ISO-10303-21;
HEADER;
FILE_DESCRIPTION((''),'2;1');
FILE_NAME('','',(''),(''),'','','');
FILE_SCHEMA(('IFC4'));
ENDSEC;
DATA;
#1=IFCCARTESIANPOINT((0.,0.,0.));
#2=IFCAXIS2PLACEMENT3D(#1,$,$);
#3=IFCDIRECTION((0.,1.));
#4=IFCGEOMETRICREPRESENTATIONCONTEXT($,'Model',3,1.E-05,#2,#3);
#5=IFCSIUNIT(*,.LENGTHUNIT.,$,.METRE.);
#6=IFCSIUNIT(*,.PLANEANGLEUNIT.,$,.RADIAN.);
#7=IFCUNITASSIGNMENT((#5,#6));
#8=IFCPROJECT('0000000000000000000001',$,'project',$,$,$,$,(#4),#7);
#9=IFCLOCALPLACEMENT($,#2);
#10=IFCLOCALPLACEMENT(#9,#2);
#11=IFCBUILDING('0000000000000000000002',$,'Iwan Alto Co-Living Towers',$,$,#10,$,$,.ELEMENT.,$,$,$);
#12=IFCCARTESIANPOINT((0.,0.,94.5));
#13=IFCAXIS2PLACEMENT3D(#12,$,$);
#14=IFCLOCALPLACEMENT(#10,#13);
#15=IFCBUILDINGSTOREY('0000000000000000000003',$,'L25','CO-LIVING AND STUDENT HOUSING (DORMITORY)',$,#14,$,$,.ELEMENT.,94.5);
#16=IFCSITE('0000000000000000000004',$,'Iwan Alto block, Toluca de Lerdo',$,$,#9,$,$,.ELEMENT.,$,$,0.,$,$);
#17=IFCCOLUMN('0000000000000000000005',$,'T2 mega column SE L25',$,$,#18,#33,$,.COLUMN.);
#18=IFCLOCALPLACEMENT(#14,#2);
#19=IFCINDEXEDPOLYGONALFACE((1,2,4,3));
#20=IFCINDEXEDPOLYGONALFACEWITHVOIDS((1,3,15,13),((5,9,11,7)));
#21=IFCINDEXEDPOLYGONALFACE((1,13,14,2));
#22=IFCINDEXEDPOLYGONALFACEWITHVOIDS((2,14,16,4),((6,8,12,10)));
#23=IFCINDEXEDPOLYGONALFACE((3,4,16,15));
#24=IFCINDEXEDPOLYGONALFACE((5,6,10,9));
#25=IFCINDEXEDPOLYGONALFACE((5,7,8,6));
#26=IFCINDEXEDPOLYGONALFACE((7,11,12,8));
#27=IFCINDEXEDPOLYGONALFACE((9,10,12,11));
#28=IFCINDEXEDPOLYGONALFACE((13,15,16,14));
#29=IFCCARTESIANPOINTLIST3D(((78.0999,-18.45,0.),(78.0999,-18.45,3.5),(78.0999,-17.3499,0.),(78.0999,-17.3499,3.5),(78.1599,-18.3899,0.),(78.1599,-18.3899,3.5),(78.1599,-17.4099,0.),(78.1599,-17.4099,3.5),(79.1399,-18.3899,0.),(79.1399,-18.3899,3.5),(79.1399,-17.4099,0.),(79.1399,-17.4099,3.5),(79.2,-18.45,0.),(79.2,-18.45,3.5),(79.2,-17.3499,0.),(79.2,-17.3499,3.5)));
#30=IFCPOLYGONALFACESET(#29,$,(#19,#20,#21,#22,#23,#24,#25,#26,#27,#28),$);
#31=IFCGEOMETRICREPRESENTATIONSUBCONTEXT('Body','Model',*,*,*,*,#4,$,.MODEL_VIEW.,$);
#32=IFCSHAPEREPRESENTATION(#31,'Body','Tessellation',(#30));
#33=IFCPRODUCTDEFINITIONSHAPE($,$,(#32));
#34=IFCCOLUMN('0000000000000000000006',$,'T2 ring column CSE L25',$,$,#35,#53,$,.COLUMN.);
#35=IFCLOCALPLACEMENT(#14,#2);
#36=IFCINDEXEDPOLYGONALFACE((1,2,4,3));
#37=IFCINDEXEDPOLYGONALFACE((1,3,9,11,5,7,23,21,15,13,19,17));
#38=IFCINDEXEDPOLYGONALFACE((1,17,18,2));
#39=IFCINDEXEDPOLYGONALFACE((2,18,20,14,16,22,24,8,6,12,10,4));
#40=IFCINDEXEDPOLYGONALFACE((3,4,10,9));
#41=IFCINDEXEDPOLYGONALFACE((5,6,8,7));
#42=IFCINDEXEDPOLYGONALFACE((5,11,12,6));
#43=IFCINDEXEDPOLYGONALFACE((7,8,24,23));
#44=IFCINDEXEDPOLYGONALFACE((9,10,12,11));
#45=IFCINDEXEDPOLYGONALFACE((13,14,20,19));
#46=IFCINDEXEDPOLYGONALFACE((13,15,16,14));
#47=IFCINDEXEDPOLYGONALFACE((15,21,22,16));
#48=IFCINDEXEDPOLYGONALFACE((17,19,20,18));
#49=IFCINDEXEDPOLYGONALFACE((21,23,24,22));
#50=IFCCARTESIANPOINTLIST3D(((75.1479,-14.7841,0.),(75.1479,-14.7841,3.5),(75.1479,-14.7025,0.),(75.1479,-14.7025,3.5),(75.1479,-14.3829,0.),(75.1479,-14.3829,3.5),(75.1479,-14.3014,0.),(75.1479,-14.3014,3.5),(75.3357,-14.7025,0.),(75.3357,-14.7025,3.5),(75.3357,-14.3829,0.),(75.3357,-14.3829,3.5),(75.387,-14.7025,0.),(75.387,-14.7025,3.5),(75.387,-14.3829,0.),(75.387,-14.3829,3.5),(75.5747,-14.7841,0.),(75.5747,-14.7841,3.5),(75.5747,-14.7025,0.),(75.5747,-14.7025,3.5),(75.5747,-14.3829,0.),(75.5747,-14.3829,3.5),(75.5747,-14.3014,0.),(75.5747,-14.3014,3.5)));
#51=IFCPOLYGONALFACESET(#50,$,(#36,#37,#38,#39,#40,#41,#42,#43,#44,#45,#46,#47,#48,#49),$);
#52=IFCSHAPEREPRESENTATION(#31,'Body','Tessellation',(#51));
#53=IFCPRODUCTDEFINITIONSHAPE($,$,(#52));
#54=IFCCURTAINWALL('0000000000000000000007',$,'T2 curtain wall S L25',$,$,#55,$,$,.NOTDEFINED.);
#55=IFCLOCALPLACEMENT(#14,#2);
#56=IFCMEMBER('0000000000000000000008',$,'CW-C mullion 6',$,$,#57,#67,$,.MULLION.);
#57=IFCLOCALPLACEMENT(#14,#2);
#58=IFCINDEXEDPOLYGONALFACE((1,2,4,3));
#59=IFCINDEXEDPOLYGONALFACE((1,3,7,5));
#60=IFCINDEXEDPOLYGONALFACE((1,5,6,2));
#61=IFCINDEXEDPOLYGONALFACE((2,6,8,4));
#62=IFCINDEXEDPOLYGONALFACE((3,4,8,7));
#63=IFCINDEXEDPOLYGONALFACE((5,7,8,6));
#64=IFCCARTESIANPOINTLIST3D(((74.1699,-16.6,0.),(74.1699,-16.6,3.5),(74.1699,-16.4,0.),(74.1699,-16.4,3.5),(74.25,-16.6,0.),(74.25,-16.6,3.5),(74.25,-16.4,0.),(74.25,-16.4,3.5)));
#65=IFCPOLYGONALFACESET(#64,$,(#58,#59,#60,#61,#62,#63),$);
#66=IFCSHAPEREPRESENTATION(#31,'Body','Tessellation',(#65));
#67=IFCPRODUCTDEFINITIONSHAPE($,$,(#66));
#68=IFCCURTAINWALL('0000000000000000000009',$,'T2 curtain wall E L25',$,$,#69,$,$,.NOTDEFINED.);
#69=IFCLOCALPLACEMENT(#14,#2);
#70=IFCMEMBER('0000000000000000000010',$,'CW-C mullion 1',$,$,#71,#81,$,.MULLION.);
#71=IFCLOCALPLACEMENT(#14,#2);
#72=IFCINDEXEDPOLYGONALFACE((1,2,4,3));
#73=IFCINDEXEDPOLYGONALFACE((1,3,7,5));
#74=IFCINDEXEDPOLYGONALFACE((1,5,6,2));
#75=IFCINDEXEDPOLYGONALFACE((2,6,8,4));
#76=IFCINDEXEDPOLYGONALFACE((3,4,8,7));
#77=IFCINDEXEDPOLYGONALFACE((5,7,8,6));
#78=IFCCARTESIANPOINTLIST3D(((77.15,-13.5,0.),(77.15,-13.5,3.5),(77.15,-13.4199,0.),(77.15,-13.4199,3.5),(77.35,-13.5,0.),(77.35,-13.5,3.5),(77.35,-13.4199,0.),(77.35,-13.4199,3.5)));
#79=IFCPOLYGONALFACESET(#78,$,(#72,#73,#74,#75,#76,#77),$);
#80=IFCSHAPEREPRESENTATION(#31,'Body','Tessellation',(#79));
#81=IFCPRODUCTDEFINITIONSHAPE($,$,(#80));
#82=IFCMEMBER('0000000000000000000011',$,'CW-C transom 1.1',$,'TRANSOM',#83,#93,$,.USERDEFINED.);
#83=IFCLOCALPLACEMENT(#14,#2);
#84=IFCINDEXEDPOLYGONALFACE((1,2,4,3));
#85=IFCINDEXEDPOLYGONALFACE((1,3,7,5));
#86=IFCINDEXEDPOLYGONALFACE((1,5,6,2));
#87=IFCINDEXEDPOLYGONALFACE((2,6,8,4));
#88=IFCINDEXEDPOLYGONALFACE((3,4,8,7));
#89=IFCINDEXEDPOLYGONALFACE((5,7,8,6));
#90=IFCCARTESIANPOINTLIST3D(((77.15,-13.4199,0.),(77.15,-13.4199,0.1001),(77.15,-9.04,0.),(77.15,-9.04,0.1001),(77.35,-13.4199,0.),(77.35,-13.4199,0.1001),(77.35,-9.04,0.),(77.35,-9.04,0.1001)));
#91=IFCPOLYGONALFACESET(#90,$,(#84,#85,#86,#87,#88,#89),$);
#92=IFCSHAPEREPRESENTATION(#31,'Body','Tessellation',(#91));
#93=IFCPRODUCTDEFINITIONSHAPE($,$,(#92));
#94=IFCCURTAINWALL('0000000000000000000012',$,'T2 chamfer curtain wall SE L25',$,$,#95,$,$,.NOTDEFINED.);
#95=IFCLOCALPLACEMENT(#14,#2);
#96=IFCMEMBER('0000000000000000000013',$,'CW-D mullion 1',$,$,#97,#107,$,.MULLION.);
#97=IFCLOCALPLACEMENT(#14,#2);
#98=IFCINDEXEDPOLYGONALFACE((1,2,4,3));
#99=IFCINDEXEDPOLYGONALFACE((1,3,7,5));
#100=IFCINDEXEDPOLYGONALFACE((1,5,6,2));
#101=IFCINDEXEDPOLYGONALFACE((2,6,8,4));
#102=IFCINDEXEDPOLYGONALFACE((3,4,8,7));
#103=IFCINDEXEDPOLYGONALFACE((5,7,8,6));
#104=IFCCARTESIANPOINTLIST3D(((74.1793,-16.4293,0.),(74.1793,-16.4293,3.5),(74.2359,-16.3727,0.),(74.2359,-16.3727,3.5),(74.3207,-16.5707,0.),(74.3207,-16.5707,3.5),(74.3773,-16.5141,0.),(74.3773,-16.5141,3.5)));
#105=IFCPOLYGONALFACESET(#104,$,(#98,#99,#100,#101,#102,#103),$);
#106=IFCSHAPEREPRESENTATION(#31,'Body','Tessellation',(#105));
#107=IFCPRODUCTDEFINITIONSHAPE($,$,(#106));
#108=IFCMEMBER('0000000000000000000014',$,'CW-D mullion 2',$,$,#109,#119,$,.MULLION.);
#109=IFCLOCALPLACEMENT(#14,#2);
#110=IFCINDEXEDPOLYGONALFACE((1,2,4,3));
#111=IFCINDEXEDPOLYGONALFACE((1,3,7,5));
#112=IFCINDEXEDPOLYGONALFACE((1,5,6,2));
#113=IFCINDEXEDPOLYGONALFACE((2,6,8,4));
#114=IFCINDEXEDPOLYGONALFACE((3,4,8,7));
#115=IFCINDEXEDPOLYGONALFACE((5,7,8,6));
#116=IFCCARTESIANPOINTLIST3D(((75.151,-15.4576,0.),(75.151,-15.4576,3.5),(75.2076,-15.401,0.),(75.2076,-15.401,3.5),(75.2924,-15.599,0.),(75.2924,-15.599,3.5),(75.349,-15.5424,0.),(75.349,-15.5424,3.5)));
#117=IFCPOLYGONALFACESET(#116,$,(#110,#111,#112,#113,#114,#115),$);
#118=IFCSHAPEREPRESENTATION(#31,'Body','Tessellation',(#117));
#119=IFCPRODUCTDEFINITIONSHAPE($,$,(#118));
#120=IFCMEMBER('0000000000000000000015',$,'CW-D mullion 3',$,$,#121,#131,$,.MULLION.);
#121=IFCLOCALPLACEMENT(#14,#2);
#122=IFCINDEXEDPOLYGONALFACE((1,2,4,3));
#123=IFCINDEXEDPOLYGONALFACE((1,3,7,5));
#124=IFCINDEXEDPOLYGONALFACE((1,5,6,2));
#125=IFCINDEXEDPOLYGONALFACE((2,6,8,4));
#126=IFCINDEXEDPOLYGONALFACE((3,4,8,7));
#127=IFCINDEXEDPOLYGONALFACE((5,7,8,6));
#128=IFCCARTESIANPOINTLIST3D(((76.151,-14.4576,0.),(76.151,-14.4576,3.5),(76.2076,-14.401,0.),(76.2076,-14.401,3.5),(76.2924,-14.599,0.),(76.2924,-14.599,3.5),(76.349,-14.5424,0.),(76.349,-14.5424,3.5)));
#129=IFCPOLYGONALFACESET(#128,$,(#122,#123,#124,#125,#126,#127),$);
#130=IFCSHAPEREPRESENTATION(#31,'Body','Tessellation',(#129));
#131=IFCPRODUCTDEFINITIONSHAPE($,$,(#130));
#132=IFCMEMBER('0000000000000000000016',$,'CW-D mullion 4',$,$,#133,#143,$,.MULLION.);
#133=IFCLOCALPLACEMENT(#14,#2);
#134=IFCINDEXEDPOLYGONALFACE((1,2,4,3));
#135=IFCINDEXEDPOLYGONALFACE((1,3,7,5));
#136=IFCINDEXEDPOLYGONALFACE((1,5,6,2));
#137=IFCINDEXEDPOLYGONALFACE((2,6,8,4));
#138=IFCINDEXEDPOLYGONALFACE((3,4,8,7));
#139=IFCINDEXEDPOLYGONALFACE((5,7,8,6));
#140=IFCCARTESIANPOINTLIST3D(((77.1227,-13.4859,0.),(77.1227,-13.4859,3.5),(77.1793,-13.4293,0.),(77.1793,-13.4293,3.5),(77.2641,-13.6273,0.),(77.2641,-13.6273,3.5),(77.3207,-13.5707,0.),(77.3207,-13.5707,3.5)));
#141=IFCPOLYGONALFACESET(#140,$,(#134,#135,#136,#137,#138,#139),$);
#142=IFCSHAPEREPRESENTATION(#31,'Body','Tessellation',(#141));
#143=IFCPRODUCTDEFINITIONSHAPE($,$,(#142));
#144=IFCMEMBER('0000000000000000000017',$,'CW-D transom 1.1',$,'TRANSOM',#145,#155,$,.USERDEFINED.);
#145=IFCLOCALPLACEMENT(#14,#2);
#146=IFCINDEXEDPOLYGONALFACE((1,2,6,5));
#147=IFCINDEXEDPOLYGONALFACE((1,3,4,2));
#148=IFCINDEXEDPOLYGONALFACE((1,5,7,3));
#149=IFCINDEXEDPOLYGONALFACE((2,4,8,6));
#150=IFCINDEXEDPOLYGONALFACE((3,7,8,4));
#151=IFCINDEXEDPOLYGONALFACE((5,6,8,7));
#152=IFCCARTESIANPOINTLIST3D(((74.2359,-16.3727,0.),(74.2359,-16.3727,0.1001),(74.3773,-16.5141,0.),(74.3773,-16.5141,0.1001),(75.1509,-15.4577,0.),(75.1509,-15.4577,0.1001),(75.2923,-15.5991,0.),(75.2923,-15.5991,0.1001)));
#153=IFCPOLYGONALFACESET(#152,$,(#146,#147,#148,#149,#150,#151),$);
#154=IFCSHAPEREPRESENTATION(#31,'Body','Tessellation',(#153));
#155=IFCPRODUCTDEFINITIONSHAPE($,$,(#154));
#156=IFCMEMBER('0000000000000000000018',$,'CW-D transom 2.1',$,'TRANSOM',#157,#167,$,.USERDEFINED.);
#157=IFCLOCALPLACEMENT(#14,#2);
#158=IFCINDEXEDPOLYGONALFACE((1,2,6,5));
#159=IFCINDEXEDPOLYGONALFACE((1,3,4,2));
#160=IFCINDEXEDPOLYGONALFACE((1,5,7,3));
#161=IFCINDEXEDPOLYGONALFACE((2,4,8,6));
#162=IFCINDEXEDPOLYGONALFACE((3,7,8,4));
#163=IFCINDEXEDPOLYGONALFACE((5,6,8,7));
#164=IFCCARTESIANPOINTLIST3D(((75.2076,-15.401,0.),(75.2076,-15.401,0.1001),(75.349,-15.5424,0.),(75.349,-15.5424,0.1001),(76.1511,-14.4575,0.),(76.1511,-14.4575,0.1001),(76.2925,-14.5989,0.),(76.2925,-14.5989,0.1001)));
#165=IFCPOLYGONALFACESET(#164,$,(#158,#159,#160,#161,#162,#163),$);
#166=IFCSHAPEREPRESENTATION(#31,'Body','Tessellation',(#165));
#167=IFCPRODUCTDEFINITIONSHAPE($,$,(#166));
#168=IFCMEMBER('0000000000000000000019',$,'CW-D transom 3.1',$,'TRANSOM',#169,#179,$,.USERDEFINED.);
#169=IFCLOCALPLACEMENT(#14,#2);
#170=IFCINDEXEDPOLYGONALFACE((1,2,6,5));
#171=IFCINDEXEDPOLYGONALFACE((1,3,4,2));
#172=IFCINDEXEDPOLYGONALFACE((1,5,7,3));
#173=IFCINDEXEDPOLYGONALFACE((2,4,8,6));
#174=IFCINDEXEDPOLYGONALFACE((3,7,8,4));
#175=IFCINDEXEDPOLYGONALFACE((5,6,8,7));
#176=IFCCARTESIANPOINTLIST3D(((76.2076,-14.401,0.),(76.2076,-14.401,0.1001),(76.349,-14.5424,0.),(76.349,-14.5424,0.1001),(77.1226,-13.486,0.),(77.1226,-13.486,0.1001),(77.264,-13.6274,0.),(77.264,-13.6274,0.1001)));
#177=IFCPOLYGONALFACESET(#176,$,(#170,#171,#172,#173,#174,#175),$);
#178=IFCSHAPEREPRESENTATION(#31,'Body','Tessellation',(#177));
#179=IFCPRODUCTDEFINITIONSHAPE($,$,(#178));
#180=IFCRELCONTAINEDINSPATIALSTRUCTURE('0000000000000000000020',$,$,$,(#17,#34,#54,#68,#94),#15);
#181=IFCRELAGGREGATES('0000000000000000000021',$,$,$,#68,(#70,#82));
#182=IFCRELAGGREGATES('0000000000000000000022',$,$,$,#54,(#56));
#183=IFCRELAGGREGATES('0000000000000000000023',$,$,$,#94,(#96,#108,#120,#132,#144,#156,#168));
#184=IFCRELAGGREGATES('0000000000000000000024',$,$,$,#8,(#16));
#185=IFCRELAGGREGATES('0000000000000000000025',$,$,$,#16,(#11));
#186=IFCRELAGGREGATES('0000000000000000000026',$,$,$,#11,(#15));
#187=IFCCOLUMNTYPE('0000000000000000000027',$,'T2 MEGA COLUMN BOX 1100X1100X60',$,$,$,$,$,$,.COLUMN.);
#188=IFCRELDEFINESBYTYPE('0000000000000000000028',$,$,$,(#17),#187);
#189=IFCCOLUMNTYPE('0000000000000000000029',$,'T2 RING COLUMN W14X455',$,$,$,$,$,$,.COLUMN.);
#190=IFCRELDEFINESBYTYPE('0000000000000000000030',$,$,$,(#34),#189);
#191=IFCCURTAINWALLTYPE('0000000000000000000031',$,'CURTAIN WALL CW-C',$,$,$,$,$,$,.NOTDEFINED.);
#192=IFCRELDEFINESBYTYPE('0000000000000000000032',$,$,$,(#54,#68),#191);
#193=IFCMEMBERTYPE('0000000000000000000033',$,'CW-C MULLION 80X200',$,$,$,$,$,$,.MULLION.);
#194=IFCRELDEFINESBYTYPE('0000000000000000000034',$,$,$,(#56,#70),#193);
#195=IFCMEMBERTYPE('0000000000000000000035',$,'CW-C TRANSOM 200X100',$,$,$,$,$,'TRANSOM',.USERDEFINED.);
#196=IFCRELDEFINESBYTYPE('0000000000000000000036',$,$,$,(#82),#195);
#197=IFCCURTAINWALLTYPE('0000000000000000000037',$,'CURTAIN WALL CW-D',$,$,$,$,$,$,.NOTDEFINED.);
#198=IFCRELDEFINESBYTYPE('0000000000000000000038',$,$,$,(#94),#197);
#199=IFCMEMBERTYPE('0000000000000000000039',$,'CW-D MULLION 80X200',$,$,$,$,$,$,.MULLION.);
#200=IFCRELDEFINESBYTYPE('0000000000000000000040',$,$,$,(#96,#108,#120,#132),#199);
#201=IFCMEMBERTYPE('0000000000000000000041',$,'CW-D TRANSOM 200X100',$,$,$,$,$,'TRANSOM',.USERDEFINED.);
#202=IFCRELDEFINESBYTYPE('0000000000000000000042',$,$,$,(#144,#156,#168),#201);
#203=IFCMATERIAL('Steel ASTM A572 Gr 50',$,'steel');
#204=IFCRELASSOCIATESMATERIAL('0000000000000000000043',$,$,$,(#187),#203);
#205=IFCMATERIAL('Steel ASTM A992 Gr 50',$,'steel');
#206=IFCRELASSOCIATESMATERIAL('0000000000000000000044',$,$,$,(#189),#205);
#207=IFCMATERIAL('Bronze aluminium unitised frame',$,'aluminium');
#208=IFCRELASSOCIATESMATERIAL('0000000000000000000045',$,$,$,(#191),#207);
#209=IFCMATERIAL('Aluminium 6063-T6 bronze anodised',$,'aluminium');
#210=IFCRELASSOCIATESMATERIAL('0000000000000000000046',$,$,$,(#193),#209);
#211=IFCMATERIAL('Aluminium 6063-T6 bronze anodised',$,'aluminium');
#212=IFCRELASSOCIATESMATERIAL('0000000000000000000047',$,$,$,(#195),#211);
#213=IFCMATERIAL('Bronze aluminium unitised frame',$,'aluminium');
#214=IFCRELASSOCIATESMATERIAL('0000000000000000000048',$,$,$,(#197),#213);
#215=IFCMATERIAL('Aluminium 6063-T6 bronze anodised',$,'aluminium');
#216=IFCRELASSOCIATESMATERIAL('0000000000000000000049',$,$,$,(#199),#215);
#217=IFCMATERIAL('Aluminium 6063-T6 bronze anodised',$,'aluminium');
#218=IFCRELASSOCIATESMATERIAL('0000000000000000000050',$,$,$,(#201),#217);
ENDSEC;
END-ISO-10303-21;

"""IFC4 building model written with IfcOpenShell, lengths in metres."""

from ifc_helpers import new_model, si_unit, direction, frame, origin, origin_2d, place, context, subcontext, project, spatial, rectangle, hollow_rectangle, i_section, extrude, material, material_profile, profile_set, type_object, element, aggregate, save


model = new_model("IFC4")

# Units and contexts
model_context = context("Model", 3, precision=1e-05, world=origin(), true_north=direction((0.0, 1.0)))
body_context = subcontext(model_context, "Body", "Model", "MODEL_VIEW")
ifc_project = project(units=[si_unit("LENGTHUNIT", "METRE"), si_unit("PLANEANGLEUNIT", "RADIAN")], contexts=[model_context])

# Site, building, storey
site_placement = place(None, origin())
site = spatial("IfcSite", under=ifc_project, at=site_placement, Name="Iwan Alto block, Toluca de Lerdo", CompositionType="ELEMENT", RefElevation=0.0)
building_placement = place(site_placement, origin())
building = spatial("IfcBuilding", under=site, at=building_placement, Name="Iwan Alto Co-Living Towers", CompositionType="ELEMENT")
storey_placement = place(building_placement, frame((0.0, 0.0, 94.5)))
storey = spatial("IfcBuildingStorey", under=building, at=storey_placement, Name="L25", Description="CO-LIVING AND STUDENT HOUSING (DORMITORY)", CompositionType="ELEMENT", Elevation=94.5)

# Columns
ifc_material_1 = material(Name="Steel ASTM A572 Gr 50", Category="steel")
ifc_material_profile_1 = material_profile(ifc_material_1, hollow_rectangle(XDim=1.1001, YDim=1.1001, WallThickness=0.0601, at=origin_2d()), Name="BOX 1100X1100X60")
ifc_profile_set_1 = profile_set([ifc_material_profile_1], Name="Steel ASTM A572 Gr 50")
column_type_1 = type_object("IfcColumnType", Name="T2 MEGA COLUMN BOX 1100X1100X60", PredefinedType="COLUMN", material=ifc_profile_set_1)
column_1_placement = place(storey_placement, frame((78.6499, -17.8999, 0.0), z_axis=(0.0, 0.0, 1.0), x_axis=(1.0, 0.0, 0.0)))
element("IfcColumn", 1, at=column_1_placement, inside=storey, type_object=column_type_1, Name="T2 mega column SE L25", PredefinedType="COLUMN", context=body_context, shape_type="SweptSolid", body=[
    extrude(hollow_rectangle(XDim=1.1001, YDim=1.1001, WallThickness=0.0601, at=origin_2d()), origin(), (0.0, 0.0, 1.0), 3.5),
])
ifc_material_2 = material(Name="Steel ASTM A992 Gr 50", Category="steel")
ifc_material_profile_2 = material_profile(ifc_material_2, i_section(OverallWidth=0.4268, OverallDepth=0.4827, WebThickness=0.0513, FlangeThickness=0.0815, at=origin_2d()), Name="W14X455")
ifc_profile_set_2 = profile_set([ifc_material_profile_2], Name="Steel ASTM A992 Gr 50")
column_type_2 = type_object("IfcColumnType", Name="T2 RING COLUMN W14X455", PredefinedType="COLUMN", material=ifc_profile_set_2)
column_2_placement = place(storey_placement, frame((75.3613, -14.5427, 0.0), z_axis=(0.0, 0.0, 1.0), x_axis=(1.0, 0.0, 0.0)))
element("IfcColumn", 2, at=column_2_placement, inside=storey, type_object=column_type_2, Name="T2 ring column CSE L25", PredefinedType="COLUMN", context=body_context, shape_type="SweptSolid", body=[
    extrude(i_section(OverallWidth=0.4268, OverallDepth=0.4827, WebThickness=0.0513, FlangeThickness=0.0815, at=origin_2d()), origin(), (0.0, 0.0, 1.0), 3.5),
])

# Curtain wall, member
ifc_material_3 = material(Name="Bronze aluminium unitised frame", Category="aluminium")
curtain_wall_type_1 = type_object("IfcCurtainWallType", Name="CURTAIN WALL CW-C", PredefinedType="NOTDEFINED", material=ifc_material_3)
curtain_wall_1_placement = place(storey_placement, origin())
curtain_wall_1 = element("IfcCurtainWall", 3, at=curtain_wall_1_placement, inside=storey, type_object=curtain_wall_type_1, Name="T2 curtain wall S L25", PredefinedType="NOTDEFINED")
ifc_material_4 = material(Name="Aluminium 6063-T6 bronze anodised", Category="aluminium")
ifc_material_profile_3 = material_profile(ifc_material_4, rectangle(XDim=0.2, YDim=0.0801, at=origin_2d()), Name="AL 80X200")
ifc_profile_set_3 = profile_set([ifc_material_profile_3], Name="Aluminium 6063-T6 bronze anodised")
member_type_1 = type_object("IfcMemberType", Name="CW-C MULLION 80X200", PredefinedType="MULLION", material=ifc_profile_set_3)
member_1_placement = place(storey_placement, frame((74.21, -16.5, 0.0), z_axis=(0.0, 0.0, 1.0), x_axis=(0.0, 1.0, 0.0)))
member_1 = element("IfcMember", 4, at=member_1_placement, type_object=member_type_1, Name="CW-C mullion 6", PredefinedType="MULLION", context=body_context, shape_type="SweptSolid", body=[
    extrude(rectangle(XDim=0.2, YDim=0.0801, at=origin_2d()), origin(), (0.0, 0.0, 1.0), 3.5),
])

# Curtain walls, members
curtain_wall_2_placement = place(storey_placement, origin())
curtain_wall_2 = element("IfcCurtainWall", 5, at=curtain_wall_2_placement, inside=storey, type_object=curtain_wall_type_1, Name="T2 curtain wall E L25", PredefinedType="NOTDEFINED")
member_2_placement = place(storey_placement, frame((77.25, -13.46, 0.0), z_axis=(0.0, 0.0, 1.0), x_axis=(-1.0, 0.0, 0.0)))
member_2 = element("IfcMember", 6, at=member_2_placement, type_object=member_type_1, Name="CW-C mullion 1", PredefinedType="MULLION", context=body_context, shape_type="SweptSolid", body=[
    extrude(rectangle(XDim=0.2, YDim=0.0801, at=origin_2d()), origin(), (0.0, 0.0, 1.0), 3.5),
])
ifc_material_5 = material(Name="Aluminium 6063-T6 bronze anodised", Category="aluminium")
ifc_material_profile_4 = material_profile(ifc_material_5, rectangle(XDim=0.2, YDim=0.1001, at=origin_2d()), Name="AL 200X100")
ifc_profile_set_4 = profile_set([ifc_material_profile_4], Name="Aluminium 6063-T6 bronze anodised")
member_type_2 = type_object("IfcMemberType", Name="CW-C TRANSOM 200X100", ElementType="TRANSOM", PredefinedType="USERDEFINED", material=ifc_profile_set_4)
member_3_placement = place(storey_placement, frame((77.25, -13.4199, 0.05), z_axis=(0.0, 1.0, 0.0), x_axis=(-1.0, 0.0, 0.0)))
member_3 = element("IfcMember", 7, at=member_3_placement, type_object=member_type_2, Name="CW-C transom 1.1", ObjectType="TRANSOM", PredefinedType="USERDEFINED", context=body_context, shape_type="SweptSolid", body=[
    extrude(rectangle(XDim=0.2, YDim=0.1001, at=origin_2d()), origin(), (0.0, 0.0, 1.0), 4.3799),
])
aggregate(curtain_wall_2, [member_2, member_3])
ifc_material_6 = material(Name="Bronze aluminium unitised frame", Category="aluminium")
curtain_wall_type_2 = type_object("IfcCurtainWallType", Name="CURTAIN WALL CW-D", PredefinedType="NOTDEFINED", material=ifc_material_6)
curtain_wall_3_placement = place(storey_placement, origin())
curtain_wall_3 = element("IfcCurtainWall", 8, at=curtain_wall_3_placement, inside=storey, type_object=curtain_wall_type_2, Name="T2 chamfer curtain wall SE L25", PredefinedType="NOTDEFINED")
ifc_material_7 = material(Name="Aluminium 6063-T6 bronze anodised", Category="aluminium")
ifc_material_profile_5 = material_profile(ifc_material_7, rectangle(XDim=0.2, YDim=0.0801, at=origin_2d()), Name="AL 80X200")
ifc_profile_set_5 = profile_set([ifc_material_profile_5], Name="Aluminium 6063-T6 bronze anodised")
member_type_3 = type_object("IfcMemberType", Name="CW-D MULLION 80X200", PredefinedType="MULLION", material=ifc_profile_set_5)
member_4_placement = place(storey_placement, frame((74.2783, -16.4717, 0.0), z_axis=(0.0, 0.0, 1.0), x_axis=(-0.707107, 0.707107, 0.0)))
member_4 = element("IfcMember", 9, at=member_4_placement, type_object=member_type_3, Name="CW-D mullion 1", PredefinedType="MULLION", context=body_context, shape_type="SweptSolid", body=[
    extrude(rectangle(XDim=0.2, YDim=0.0801, at=origin_2d()), origin(), (0.0, 0.0, 1.0), 3.5),
])
member_5_placement = place(storey_placement, frame((75.25, -15.5, 0.0), z_axis=(0.0, 0.0, 1.0), x_axis=(-0.707107, 0.707107, 0.0)))
member_5 = element("IfcMember", 10, at=member_5_placement, type_object=member_type_3, Name="CW-D mullion 2", PredefinedType="MULLION", context=body_context, shape_type="SweptSolid", body=[
    extrude(rectangle(XDim=0.2, YDim=0.0801, at=origin_2d()), origin(), (0.0, 0.0, 1.0), 3.5),
])
member_6_placement = place(storey_placement, frame((76.25, -14.5, 0.0), z_axis=(0.0, 0.0, 1.0), x_axis=(-0.707107, 0.707107, 0.0)))
member_6 = element("IfcMember", 11, at=member_6_placement, type_object=member_type_3, Name="CW-D mullion 3", PredefinedType="MULLION", context=body_context, shape_type="SweptSolid", body=[
    extrude(rectangle(XDim=0.2, YDim=0.0801, at=origin_2d()), origin(), (0.0, 0.0, 1.0), 3.5),
])
member_7_placement = place(storey_placement, frame((77.2217, -13.5283, 0.0), z_axis=(0.0, 0.0, 1.0), x_axis=(-0.707107, 0.707107, 0.0)))
member_7 = element("IfcMember", 12, at=member_7_placement, type_object=member_type_3, Name="CW-D mullion 4", PredefinedType="MULLION", context=body_context, shape_type="SweptSolid", body=[
    extrude(rectangle(XDim=0.2, YDim=0.0801, at=origin_2d()), origin(), (0.0, 0.0, 1.0), 3.5),
])
ifc_material_8 = material(Name="Aluminium 6063-T6 bronze anodised", Category="aluminium")
ifc_material_profile_6 = material_profile(ifc_material_8, rectangle(XDim=0.2, YDim=0.1001, at=origin_2d()), Name="AL 200X100")
ifc_profile_set_6 = profile_set([ifc_material_profile_6], Name="Aluminium 6063-T6 bronze anodised")
member_type_4 = type_object("IfcMemberType", Name="CW-D TRANSOM 200X100", ElementType="TRANSOM", PredefinedType="USERDEFINED", material=ifc_profile_set_6)
member_8_placement = place(storey_placement, frame((74.3066, -16.4434, 0.05), z_axis=(0.707107, 0.707107, 0.0), x_axis=(-0.707107, 0.707107, 0.0)))
member_8 = element("IfcMember", 13, at=member_8_placement, type_object=member_type_4, Name="CW-D transom 1.1", ObjectType="TRANSOM", PredefinedType="USERDEFINED", context=body_context, shape_type="SweptSolid", body=[
    extrude(rectangle(XDim=0.2, YDim=0.1001, at=origin_2d()), origin(), (0.0, 0.0, 1.0), 1.2939),
])
member_9_placement = place(storey_placement, frame((75.2783, -15.4717, 0.05), z_axis=(0.707107, 0.707107, 0.0), x_axis=(-0.707107, 0.707107, 0.0)))
member_9 = element("IfcMember", 14, at=member_9_placement, type_object=member_type_4, Name="CW-D transom 2.1", ObjectType="TRANSOM", PredefinedType="USERDEFINED", context=body_context, shape_type="SweptSolid", body=[
    extrude(rectangle(XDim=0.2, YDim=0.1001, at=origin_2d()), origin(), (0.0, 0.0, 1.0), 1.3342),
])
member_10_placement = place(storey_placement, frame((76.2783, -14.4717, 0.05), z_axis=(0.707107, 0.707107, 0.0), x_axis=(-0.707107, 0.707107, 0.0)))
member_10 = element("IfcMember", 15, at=member_10_placement, type_object=member_type_4, Name="CW-D transom 3.1", ObjectType="TRANSOM", PredefinedType="USERDEFINED", context=body_context, shape_type="SweptSolid", body=[
    extrude(rectangle(XDim=0.2, YDim=0.1001, at=origin_2d()), origin(), (0.0, 0.0, 1.0), 1.2939),
])

aggregate(curtain_wall_1, [member_1])
aggregate(curtain_wall_3, [member_4, member_5, member_6, member_7, member_8, member_9, member_10])

save(model, "model.ifc")
